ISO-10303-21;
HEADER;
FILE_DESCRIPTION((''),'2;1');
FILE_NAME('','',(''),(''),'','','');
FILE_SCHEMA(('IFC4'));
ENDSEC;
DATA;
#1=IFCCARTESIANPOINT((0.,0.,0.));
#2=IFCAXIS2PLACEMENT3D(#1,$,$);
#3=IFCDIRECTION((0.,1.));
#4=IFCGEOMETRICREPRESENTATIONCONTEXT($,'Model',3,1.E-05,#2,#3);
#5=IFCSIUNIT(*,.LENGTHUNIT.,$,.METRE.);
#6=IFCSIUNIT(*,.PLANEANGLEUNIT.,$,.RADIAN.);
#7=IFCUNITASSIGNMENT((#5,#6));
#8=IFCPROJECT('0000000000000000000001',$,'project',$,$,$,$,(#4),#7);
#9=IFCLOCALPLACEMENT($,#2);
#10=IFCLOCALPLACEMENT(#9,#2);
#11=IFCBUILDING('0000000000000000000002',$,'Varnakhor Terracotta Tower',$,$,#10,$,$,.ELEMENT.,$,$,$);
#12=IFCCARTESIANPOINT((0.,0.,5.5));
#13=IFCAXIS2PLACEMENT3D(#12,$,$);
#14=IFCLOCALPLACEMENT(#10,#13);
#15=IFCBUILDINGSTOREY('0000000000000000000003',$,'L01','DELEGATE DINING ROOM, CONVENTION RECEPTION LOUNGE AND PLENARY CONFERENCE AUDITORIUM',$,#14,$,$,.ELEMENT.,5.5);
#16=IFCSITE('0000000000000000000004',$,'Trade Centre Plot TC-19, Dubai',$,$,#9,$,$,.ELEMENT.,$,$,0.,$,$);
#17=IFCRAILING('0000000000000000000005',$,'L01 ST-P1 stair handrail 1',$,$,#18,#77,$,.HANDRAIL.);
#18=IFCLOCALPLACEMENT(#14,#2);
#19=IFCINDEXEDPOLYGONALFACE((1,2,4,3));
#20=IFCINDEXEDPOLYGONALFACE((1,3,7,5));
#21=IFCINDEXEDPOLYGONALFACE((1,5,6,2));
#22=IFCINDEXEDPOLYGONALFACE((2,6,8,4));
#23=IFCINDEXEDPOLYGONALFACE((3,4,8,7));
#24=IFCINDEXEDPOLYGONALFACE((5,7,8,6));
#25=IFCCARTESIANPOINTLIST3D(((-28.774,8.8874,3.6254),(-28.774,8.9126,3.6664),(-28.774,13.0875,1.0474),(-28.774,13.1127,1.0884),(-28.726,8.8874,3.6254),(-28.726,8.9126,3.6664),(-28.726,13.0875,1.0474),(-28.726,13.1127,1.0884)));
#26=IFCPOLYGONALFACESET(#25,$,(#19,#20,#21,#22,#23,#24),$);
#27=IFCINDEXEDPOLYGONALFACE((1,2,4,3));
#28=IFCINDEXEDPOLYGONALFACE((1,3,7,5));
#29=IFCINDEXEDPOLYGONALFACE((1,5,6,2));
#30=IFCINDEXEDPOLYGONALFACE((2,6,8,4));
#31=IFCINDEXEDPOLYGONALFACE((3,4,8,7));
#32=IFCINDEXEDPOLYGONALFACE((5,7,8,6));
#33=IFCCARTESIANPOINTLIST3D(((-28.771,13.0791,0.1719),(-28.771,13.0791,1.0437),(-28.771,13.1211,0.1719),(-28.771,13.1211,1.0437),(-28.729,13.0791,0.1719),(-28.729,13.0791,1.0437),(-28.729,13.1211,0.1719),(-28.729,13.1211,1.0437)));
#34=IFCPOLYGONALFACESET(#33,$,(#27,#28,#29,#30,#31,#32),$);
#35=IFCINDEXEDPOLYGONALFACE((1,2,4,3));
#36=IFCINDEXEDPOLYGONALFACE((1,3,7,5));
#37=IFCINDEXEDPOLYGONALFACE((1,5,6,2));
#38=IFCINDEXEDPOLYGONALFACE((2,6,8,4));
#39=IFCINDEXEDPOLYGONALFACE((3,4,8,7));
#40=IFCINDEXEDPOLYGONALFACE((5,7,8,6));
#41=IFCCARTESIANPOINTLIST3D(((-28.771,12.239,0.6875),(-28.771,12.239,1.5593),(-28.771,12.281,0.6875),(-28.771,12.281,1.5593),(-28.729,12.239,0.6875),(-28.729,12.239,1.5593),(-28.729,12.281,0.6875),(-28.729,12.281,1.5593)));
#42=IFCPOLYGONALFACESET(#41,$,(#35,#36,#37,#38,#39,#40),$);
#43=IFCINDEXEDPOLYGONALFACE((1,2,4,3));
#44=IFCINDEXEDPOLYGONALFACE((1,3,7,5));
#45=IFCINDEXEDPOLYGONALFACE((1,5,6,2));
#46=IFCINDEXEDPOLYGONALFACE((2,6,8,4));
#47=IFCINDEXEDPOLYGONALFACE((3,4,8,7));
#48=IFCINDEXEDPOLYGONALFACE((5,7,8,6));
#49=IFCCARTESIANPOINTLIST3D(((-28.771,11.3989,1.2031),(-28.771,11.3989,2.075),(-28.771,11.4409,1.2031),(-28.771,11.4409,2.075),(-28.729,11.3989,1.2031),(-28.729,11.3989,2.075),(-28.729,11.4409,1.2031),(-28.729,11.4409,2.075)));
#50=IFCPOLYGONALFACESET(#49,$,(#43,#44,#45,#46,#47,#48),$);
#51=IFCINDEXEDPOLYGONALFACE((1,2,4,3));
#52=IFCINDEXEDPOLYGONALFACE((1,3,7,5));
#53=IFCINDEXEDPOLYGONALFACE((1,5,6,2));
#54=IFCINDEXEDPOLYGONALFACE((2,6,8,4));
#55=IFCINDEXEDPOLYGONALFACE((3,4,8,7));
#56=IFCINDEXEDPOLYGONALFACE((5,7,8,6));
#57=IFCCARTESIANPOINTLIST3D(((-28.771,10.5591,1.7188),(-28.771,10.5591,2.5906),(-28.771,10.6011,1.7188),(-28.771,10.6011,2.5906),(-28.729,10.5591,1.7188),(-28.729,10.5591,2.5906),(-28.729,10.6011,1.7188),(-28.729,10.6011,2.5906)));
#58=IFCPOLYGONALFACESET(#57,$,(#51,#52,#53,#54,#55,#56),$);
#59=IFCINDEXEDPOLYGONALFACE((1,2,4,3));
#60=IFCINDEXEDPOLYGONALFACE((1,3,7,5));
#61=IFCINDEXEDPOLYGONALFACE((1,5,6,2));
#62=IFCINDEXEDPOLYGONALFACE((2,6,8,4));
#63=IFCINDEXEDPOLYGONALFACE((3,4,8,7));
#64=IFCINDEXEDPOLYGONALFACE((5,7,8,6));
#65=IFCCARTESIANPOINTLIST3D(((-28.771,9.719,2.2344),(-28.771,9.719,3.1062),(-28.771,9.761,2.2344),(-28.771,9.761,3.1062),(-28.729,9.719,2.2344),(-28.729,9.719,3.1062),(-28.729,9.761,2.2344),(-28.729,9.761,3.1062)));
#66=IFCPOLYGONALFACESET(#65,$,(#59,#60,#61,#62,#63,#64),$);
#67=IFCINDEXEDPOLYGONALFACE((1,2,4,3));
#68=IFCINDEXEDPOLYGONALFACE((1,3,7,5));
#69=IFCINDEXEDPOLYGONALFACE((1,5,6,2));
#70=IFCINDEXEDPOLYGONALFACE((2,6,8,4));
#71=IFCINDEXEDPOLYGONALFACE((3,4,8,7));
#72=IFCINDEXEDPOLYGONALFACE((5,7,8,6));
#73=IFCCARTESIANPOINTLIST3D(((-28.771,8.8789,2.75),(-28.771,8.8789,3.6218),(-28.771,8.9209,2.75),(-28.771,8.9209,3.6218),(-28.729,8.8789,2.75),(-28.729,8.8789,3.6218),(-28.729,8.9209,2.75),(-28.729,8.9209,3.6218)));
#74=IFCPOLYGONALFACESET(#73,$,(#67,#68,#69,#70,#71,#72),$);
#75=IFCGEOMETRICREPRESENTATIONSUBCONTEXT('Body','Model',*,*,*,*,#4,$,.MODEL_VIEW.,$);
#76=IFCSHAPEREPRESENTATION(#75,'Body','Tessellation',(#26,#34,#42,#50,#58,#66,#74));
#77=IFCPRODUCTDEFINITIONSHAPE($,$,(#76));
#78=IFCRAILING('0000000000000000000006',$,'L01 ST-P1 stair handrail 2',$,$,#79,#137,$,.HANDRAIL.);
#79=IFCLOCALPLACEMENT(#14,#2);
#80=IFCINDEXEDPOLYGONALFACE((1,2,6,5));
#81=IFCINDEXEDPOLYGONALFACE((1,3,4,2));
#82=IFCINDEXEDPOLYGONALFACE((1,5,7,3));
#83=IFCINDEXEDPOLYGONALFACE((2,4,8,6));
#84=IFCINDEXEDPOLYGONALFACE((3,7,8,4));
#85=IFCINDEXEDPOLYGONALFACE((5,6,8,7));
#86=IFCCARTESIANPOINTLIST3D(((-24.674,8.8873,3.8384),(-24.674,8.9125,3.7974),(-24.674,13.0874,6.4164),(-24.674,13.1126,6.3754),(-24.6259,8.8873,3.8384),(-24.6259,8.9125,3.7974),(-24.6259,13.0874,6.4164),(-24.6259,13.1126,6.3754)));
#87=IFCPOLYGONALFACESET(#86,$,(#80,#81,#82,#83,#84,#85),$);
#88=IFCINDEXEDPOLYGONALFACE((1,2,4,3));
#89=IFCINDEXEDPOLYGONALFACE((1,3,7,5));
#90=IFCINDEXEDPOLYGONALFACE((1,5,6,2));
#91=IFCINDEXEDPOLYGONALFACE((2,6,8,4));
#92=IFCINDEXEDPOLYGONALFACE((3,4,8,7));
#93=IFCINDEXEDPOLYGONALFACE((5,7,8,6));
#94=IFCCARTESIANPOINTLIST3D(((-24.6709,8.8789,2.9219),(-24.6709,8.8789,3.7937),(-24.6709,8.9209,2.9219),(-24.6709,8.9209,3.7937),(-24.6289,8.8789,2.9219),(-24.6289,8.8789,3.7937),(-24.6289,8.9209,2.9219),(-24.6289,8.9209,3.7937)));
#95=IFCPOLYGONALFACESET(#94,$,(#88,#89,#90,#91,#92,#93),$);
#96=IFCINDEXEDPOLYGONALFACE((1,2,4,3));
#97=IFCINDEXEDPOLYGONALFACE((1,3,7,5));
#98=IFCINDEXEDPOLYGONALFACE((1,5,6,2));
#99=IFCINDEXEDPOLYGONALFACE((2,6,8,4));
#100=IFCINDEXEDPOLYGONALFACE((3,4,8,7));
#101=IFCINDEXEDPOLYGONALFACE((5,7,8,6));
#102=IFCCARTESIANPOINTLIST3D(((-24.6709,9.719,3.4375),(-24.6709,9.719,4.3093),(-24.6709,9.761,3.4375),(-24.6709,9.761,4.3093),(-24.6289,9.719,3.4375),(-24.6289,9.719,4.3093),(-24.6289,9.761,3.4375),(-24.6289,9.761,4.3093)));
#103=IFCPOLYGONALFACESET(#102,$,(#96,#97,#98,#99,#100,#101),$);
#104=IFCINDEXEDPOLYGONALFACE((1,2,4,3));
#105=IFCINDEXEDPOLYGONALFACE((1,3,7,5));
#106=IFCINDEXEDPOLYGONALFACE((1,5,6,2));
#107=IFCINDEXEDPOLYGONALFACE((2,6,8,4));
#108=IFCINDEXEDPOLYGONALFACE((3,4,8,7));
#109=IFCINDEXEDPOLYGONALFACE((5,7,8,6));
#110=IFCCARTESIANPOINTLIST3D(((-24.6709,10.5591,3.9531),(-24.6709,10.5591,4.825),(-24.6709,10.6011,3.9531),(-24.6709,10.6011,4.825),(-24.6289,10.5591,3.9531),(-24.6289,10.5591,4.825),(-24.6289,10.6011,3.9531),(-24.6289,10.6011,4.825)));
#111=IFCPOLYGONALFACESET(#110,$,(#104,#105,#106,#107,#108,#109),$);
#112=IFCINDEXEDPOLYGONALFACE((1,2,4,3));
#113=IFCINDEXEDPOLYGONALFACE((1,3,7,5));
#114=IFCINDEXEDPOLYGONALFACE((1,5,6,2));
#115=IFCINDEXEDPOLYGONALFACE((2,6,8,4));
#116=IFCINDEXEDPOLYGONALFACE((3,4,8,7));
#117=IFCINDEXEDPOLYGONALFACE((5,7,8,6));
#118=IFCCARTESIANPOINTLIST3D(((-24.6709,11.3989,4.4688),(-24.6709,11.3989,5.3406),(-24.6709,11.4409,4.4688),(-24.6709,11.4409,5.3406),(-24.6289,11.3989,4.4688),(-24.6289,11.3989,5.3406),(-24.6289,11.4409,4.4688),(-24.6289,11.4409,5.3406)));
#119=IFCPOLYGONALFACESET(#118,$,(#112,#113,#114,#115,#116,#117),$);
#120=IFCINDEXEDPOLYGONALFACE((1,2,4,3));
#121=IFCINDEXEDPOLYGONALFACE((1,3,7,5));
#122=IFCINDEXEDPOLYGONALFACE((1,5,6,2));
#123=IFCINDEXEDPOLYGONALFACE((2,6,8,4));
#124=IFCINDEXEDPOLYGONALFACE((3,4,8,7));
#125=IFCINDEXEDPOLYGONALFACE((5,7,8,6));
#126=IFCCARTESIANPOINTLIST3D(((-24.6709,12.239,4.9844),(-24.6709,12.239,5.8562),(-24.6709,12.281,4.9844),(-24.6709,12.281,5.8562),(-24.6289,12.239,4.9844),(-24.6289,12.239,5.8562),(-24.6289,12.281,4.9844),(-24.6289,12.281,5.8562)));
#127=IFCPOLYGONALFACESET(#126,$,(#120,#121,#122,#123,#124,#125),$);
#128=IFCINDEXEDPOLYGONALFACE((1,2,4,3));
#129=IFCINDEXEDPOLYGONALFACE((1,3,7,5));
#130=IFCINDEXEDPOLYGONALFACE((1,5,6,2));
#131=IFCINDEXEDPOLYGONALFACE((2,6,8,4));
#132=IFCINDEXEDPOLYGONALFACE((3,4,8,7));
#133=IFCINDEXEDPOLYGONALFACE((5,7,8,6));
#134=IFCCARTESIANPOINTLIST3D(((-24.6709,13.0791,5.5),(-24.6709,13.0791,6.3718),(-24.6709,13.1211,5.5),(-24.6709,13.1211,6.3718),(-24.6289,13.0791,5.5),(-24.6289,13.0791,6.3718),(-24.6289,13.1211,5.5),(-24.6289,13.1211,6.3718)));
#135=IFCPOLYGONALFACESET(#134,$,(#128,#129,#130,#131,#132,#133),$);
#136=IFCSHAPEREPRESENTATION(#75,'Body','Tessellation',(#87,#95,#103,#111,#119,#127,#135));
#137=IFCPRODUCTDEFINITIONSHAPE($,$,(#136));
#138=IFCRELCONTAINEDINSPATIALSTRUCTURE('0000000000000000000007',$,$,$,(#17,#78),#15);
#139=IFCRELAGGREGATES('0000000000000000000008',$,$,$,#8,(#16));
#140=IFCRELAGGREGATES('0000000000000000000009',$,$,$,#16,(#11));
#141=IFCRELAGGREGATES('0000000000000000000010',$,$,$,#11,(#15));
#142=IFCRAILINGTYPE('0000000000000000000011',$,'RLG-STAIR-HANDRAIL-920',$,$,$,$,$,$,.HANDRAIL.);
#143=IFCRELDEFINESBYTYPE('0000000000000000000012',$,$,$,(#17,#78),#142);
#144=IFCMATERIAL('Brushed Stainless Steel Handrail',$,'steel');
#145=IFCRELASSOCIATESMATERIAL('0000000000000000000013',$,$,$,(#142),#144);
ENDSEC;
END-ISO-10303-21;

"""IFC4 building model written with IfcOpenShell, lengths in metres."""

from ifc_helpers import new_model, si_unit, direction, frame, origin, origin_2d, place, context, subcontext, project, spatial, rectangle, extrude, material, type_object, element, save


model = new_model("IFC4")

# Units and contexts
model_context = context("Model", 3, precision=1e-05, world=origin(), true_north=direction((0.0, 1.0)))
body_context = subcontext(model_context, "Body", "Model", "MODEL_VIEW")
ifc_project = project(units=[si_unit("LENGTHUNIT", "METRE"), si_unit("PLANEANGLEUNIT", "RADIAN")], contexts=[model_context])

# Site, building, storey
site_placement = place(None, origin())
site = spatial("IfcSite", under=ifc_project, at=site_placement, Name="Trade Centre Plot TC-19, Dubai", CompositionType="ELEMENT", RefElevation=0.0)
building_placement = place(site_placement, origin())
building = spatial("IfcBuilding", under=site, at=building_placement, Name="Varnakhor Terracotta Tower", CompositionType="ELEMENT")
storey_placement = place(building_placement, frame((0.0, 0.0, 5.5)))
storey = spatial("IfcBuildingStorey", under=building, at=storey_placement, Name="L01", Description="DELEGATE DINING ROOM, CONVENTION RECEPTION LOUNGE AND PLENARY CONFERENCE AUDITORIUM", CompositionType="ELEMENT", Elevation=5.5)

# Railings
ifc_material_1 = material(Name="Brushed Stainless Steel Handrail", Category="steel")
railing_type_1 = type_object("IfcRailingType", Name="RLG-STAIR-HANDRAIL-920", PredefinedType="HANDRAIL", material=ifc_material_1)
railing_1_placement = place(storey_placement, frame((-28.75, 13.1001, 0.1719)))
element("IfcRailing", 1, at=railing_1_placement, inside=storey, type_object=railing_type_1, Name="L01 ST-P1 stair handrail 1", PredefinedType="HANDRAIL", context=body_context, shape_type="SweptSolid", body=[
    extrude(rectangle(XDim=0.0481, YDim=0.0481, at=origin_2d()), frame((0.0, 0.0, 0.896), z_axis=(0.0, -0.852256, 0.523124), x_axis=(1.0, 0.0, 0.0)), (0.0, 0.0, 1.0), 4.9282),
    extrude(rectangle(XDim=0.042, YDim=0.042, at=origin_2d()), origin(), (0.0, 0.0, 1.0), 0.8718),
    extrude(rectangle(XDim=0.042, YDim=0.042, at=origin_2d()), frame((0.0, -0.8401, 0.5156)), (0.0, 0.0, 1.0), 0.8718),
    extrude(rectangle(XDim=0.042, YDim=0.042, at=origin_2d()), frame((0.0, -1.6802, 1.0312)), (0.0, 0.0, 1.0), 0.8718),
    extrude(rectangle(XDim=0.042, YDim=0.042, at=origin_2d()), frame((0.0, -2.52, 1.5469)), (0.0, 0.0, 1.0), 0.8718),
    extrude(rectangle(XDim=0.042, YDim=0.042, at=origin_2d()), frame((0.0, -3.3601, 2.0625)), (0.0, 0.0, 1.0), 0.8718),
    extrude(rectangle(XDim=0.042, YDim=0.042, at=origin_2d()), frame((0.0, -4.2002, 2.5781)), (0.0, 0.0, 1.0), 0.8718),
])
railing_2_placement = place(storey_placement, frame((-24.6499, 8.8999, 2.9219)))
element("IfcRailing", 2, at=railing_2_placement, inside=storey, type_object=railing_type_1, Name="L01 ST-P1 stair handrail 2", PredefinedType="HANDRAIL", context=body_context, shape_type="SweptSolid", body=[
    extrude(rectangle(XDim=0.0481, YDim=0.0481, at=origin_2d()), frame((0.0, 0.0, 0.896), z_axis=(0.0, 0.852256, 0.523124), x_axis=(-1.0, 0.0, 0.0)), (0.0, 0.0, 1.0), 4.9282),
    extrude(rectangle(XDim=0.042, YDim=0.042, at=origin_2d()), origin(), (0.0, 0.0, 1.0), 0.8718),
    extrude(rectangle(XDim=0.042, YDim=0.042, at=origin_2d()), frame((0.0, 0.8401, 0.5156)), (0.0, 0.0, 1.0), 0.8718),
    extrude(rectangle(XDim=0.042, YDim=0.042, at=origin_2d()), frame((0.0, 1.6802, 1.0312)), (0.0, 0.0, 1.0), 0.8718),
    extrude(rectangle(XDim=0.042, YDim=0.042, at=origin_2d()), frame((0.0, 2.52, 1.5469)), (0.0, 0.0, 1.0), 0.8718),
    extrude(rectangle(XDim=0.042, YDim=0.042, at=origin_2d()), frame((0.0, 3.3601, 2.0625)), (0.0, 0.0, 1.0), 0.8718),
    extrude(rectangle(XDim=0.042, YDim=0.042, at=origin_2d()), frame((0.0, 4.2002, 2.5781)), (0.0, 0.0, 1.0), 0.8718),
])

save(model, "model.ifc")
